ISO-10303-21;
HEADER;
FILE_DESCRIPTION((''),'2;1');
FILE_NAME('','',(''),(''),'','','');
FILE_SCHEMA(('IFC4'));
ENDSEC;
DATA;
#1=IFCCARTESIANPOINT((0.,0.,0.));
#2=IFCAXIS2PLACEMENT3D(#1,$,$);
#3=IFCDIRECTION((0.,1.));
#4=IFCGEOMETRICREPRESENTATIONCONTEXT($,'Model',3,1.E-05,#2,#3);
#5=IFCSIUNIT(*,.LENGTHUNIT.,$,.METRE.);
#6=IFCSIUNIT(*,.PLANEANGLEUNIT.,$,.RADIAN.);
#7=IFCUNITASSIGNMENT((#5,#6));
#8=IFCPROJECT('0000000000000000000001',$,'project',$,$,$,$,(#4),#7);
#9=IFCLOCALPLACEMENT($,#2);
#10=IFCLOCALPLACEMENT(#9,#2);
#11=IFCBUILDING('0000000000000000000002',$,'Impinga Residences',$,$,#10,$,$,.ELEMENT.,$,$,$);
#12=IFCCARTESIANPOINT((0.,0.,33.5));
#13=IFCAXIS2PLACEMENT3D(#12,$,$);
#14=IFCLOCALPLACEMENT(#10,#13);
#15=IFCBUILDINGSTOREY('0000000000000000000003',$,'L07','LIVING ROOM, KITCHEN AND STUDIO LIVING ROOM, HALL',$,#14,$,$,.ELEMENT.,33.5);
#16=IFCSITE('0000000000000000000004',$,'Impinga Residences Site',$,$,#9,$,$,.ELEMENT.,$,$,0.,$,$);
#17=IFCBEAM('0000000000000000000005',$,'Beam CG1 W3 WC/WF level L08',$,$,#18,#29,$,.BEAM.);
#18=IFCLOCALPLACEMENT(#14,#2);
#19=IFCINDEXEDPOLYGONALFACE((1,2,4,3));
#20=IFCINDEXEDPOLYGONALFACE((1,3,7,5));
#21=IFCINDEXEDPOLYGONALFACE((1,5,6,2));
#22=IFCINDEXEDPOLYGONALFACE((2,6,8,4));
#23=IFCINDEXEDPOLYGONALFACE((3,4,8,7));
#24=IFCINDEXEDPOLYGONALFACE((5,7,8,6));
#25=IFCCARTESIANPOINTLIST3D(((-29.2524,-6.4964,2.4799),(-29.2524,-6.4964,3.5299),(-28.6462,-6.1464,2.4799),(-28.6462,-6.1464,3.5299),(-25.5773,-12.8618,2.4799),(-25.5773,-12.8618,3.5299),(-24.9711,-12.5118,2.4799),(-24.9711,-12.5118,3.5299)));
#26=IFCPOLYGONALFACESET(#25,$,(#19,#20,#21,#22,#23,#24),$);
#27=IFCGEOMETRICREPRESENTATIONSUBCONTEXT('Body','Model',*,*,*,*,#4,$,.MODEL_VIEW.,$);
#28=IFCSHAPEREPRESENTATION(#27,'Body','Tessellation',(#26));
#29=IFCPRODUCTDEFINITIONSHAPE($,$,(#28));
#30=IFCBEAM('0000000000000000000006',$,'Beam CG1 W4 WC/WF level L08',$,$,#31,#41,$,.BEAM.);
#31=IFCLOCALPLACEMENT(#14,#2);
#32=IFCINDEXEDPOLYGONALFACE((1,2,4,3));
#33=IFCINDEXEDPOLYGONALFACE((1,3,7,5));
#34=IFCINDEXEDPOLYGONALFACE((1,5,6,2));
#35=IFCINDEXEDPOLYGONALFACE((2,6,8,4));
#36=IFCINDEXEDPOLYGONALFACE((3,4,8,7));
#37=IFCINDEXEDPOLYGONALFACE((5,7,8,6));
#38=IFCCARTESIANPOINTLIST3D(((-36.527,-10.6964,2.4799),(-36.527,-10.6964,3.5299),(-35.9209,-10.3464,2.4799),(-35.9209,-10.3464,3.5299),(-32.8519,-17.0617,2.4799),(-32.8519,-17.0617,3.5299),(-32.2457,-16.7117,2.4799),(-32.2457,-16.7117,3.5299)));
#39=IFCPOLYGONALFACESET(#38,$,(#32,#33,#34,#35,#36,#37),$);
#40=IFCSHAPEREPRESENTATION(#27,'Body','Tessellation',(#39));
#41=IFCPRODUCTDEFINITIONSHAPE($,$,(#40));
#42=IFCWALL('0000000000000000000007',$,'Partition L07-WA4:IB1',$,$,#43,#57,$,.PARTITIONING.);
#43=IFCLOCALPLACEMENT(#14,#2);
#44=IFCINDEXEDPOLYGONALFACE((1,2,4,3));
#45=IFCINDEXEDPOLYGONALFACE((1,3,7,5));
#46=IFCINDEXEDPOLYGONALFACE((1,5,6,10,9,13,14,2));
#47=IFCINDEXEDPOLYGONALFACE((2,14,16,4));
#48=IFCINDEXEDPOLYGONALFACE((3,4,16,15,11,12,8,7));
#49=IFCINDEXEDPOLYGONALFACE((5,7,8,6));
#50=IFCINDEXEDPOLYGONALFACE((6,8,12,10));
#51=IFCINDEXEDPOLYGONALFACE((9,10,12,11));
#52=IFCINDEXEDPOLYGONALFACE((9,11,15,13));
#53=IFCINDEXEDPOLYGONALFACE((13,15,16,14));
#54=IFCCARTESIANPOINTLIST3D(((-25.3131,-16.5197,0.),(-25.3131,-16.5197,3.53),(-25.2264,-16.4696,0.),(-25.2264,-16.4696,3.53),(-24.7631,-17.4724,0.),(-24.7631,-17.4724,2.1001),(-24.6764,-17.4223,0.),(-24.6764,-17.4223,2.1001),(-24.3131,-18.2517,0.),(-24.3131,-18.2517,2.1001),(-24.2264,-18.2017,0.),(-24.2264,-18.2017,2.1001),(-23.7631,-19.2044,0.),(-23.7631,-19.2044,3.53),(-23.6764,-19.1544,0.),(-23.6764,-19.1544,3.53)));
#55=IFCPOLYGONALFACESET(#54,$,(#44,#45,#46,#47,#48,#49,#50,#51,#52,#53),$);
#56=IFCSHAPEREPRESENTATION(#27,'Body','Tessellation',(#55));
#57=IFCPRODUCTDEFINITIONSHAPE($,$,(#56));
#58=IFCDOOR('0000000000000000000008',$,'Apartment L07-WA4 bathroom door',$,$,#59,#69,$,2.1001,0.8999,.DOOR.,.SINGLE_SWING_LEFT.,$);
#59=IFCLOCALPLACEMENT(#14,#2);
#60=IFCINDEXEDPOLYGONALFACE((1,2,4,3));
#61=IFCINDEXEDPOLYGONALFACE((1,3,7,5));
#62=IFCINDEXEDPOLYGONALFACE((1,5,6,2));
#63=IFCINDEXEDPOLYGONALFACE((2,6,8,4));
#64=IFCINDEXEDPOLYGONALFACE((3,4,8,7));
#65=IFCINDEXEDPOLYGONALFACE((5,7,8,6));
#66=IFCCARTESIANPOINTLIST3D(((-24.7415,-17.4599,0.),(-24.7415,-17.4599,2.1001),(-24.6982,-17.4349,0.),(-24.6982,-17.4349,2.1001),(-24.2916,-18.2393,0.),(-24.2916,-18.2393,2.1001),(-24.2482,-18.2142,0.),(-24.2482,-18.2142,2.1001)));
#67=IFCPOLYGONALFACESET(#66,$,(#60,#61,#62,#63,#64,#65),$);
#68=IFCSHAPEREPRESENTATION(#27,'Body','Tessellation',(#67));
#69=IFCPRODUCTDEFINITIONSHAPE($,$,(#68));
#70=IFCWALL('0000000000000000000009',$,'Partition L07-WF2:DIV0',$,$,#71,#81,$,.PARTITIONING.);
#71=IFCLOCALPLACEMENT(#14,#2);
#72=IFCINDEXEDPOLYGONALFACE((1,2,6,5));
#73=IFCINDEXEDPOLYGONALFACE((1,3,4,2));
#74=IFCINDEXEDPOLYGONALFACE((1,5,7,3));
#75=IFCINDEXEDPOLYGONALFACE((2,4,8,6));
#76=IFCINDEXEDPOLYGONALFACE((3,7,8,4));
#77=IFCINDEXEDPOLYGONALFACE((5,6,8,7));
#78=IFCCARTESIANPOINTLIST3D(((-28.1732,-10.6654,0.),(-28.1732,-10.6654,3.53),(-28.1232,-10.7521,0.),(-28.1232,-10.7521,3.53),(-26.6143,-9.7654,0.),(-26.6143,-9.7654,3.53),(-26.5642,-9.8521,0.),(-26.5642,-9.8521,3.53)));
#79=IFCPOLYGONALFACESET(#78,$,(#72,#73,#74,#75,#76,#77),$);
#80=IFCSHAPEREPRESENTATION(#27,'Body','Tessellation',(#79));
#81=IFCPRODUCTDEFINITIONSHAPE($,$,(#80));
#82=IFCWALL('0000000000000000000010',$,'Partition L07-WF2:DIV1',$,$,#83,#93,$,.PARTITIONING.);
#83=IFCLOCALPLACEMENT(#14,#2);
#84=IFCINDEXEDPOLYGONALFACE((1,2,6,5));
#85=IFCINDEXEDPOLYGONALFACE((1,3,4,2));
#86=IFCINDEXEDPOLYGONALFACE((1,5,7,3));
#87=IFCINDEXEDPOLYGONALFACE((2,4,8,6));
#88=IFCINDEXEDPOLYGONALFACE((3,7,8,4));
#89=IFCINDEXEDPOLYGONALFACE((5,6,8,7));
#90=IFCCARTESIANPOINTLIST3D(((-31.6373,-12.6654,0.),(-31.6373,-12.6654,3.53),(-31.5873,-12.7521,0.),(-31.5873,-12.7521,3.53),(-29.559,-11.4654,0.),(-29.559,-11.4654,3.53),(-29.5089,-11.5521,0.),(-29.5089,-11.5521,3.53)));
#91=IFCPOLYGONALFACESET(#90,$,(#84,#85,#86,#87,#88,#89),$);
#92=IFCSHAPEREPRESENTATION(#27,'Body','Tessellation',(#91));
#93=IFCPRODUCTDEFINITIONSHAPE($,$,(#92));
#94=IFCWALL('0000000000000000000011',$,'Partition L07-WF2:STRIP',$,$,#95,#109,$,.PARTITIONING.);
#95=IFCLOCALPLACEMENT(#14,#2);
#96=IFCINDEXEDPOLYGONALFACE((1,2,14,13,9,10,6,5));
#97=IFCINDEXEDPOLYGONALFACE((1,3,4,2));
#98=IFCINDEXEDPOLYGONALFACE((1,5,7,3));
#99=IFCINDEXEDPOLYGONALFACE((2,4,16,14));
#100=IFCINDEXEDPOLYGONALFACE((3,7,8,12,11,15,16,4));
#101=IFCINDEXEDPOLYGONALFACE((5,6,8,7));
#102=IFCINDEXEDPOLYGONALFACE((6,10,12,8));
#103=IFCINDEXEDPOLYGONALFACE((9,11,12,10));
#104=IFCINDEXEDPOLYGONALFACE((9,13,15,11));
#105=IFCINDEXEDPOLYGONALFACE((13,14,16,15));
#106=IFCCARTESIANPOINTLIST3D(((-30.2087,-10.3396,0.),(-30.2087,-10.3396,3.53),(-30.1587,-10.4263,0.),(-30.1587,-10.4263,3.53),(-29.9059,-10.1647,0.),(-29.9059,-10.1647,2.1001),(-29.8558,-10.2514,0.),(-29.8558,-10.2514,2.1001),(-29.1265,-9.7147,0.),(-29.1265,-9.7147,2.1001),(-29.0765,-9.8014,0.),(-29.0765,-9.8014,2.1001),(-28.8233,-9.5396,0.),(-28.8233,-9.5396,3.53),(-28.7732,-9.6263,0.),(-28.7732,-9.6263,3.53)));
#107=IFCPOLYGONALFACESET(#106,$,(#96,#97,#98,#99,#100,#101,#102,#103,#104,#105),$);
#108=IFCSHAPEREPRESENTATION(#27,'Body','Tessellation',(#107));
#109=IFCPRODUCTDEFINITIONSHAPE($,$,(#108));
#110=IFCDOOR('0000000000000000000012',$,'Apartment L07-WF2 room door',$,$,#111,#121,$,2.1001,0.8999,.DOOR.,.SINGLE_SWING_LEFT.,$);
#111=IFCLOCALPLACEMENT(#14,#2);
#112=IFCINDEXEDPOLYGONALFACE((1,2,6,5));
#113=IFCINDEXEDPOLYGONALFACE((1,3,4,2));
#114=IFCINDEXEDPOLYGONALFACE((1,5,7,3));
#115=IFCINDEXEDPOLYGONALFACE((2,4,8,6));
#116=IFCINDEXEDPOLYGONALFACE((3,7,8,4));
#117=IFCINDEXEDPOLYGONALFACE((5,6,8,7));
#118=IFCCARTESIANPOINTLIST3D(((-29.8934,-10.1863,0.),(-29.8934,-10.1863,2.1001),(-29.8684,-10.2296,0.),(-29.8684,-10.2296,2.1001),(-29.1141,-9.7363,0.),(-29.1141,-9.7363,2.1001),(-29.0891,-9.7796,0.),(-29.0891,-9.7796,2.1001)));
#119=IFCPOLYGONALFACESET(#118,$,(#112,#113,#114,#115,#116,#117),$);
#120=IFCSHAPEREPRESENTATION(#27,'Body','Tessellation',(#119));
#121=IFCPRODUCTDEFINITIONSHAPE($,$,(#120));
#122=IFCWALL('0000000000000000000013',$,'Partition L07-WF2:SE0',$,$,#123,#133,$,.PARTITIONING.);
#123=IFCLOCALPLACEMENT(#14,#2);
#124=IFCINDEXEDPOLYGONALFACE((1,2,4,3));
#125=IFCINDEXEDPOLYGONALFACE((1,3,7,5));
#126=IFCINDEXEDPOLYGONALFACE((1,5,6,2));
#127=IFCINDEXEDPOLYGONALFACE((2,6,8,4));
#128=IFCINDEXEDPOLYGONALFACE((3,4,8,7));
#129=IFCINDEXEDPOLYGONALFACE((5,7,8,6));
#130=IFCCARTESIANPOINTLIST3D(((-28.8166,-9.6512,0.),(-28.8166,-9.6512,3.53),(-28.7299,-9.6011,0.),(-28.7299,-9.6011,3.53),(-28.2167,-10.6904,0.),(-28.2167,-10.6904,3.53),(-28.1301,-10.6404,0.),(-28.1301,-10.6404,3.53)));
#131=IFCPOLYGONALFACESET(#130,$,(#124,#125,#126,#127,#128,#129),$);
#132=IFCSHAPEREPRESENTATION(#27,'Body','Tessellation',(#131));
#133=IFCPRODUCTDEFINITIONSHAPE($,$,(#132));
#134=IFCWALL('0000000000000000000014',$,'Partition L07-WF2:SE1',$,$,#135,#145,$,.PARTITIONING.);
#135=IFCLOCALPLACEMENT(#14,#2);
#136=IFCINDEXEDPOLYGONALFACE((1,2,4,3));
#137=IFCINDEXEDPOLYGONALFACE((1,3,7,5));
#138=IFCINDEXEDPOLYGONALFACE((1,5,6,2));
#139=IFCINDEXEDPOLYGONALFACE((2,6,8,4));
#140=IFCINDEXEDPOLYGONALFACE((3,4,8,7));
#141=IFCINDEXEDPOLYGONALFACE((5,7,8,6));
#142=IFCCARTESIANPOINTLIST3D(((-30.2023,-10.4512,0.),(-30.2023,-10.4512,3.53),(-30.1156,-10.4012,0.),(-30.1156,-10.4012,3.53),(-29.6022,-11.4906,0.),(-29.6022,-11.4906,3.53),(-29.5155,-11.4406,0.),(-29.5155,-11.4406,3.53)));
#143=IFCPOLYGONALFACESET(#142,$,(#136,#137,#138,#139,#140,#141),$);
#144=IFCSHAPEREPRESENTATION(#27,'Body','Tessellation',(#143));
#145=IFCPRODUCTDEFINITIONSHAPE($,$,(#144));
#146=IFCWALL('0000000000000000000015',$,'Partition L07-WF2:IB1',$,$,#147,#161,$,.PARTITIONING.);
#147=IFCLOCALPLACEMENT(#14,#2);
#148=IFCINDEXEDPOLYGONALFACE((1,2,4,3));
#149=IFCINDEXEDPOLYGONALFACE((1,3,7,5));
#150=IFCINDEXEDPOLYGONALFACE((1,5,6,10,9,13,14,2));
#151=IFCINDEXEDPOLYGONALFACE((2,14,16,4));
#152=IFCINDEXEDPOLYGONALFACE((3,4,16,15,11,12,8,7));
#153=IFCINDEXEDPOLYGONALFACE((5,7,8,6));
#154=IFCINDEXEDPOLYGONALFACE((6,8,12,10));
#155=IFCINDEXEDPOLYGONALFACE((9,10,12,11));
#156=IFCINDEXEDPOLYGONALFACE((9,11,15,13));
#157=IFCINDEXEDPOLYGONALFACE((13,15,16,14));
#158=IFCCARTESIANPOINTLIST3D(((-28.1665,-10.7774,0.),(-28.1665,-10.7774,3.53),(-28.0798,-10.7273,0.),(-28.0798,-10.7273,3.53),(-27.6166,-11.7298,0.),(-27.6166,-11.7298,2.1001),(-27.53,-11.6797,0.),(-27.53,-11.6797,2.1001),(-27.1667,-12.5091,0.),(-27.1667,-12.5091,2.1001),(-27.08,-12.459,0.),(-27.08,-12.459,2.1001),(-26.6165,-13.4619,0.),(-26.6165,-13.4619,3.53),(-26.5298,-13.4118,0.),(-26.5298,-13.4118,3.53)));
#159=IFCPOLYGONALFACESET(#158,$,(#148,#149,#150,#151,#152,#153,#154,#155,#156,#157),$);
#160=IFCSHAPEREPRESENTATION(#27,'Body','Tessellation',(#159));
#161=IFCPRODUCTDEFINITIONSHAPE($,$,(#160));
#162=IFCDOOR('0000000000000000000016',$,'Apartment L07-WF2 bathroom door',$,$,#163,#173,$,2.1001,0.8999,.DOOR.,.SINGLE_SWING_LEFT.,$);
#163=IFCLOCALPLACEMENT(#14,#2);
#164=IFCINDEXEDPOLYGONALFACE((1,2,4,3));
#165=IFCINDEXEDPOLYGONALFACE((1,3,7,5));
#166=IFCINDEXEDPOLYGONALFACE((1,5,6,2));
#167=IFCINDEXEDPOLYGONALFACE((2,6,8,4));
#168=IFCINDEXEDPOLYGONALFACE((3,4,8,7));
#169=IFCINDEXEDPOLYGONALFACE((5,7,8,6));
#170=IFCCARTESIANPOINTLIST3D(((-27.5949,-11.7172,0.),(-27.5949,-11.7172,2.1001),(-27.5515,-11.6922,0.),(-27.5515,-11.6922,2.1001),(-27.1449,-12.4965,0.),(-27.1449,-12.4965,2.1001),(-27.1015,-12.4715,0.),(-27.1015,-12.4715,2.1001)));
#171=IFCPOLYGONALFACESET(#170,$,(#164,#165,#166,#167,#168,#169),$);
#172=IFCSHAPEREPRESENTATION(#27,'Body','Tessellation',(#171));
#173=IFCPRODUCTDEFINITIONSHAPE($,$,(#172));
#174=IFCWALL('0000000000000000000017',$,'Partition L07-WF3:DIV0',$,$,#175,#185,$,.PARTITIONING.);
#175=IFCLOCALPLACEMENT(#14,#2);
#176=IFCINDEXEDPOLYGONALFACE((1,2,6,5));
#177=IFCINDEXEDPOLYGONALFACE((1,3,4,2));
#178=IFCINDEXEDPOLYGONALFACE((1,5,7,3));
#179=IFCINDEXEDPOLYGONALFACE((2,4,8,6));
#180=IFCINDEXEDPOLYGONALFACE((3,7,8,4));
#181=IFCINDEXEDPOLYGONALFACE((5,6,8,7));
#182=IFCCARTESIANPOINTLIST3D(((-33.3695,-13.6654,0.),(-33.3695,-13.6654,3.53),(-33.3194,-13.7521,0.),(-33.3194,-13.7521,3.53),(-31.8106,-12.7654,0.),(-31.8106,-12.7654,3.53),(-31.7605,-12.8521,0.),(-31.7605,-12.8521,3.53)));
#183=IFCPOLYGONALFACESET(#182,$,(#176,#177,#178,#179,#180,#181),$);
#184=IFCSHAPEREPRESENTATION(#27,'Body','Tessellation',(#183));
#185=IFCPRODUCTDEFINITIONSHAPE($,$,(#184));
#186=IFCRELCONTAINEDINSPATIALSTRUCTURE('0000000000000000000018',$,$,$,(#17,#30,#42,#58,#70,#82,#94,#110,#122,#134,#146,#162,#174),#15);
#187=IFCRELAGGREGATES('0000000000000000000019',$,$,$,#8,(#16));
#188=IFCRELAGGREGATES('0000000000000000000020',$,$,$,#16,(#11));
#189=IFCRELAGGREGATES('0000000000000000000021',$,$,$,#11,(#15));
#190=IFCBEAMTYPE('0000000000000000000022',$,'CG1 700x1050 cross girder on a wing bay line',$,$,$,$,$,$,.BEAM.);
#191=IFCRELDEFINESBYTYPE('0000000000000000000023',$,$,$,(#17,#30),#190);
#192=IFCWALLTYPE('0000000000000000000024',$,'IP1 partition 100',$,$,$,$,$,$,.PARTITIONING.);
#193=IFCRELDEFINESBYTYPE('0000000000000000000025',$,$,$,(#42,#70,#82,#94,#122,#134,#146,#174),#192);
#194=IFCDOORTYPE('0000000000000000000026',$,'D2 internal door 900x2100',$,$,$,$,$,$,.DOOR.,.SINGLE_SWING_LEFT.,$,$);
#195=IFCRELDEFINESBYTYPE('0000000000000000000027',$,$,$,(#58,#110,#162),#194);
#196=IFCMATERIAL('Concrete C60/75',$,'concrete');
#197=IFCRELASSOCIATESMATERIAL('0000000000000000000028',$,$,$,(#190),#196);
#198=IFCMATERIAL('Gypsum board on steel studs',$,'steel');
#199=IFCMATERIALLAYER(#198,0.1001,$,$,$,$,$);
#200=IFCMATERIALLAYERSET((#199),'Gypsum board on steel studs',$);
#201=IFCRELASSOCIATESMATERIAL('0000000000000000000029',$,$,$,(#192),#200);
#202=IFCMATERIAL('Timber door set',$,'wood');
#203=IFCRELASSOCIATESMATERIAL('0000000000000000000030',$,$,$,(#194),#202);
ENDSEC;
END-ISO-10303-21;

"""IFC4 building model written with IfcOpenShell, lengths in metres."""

from ifc_helpers import new_model, si_unit, direction, frame, frame_2d, origin, origin_2d, place, context, subcontext, project, spatial, rectangle, extrude, material, layer, layer_set, material_profile, profile_set, type_object, element, fill, save


model = new_model("IFC4")

# Units and contexts
model_context = context("Model", 3, precision=1e-05, world=origin(), true_north=direction((0.0, 1.0)))
body_context = subcontext(model_context, "Body", "Model", "MODEL_VIEW")
ifc_project = project(units=[si_unit("LENGTHUNIT", "METRE"), si_unit("PLANEANGLEUNIT", "RADIAN")], contexts=[model_context])

# Site, building, storey
site_placement = place(None, origin())
site = spatial("IfcSite", under=ifc_project, at=site_placement, Name="Impinga Residences Site", CompositionType="ELEMENT", RefElevation=0.0)
building_placement = place(site_placement, origin())
building = spatial("IfcBuilding", under=site, at=building_placement, Name="Impinga Residences", CompositionType="ELEMENT")
storey_placement = place(building_placement, frame((0.0, 0.0, 33.5)))
storey = spatial("IfcBuildingStorey", under=building, at=storey_placement, Name="L07", Description="LIVING ROOM, KITCHEN AND STUDIO LIVING ROOM, HALL", CompositionType="ELEMENT", Elevation=33.5)

# Beams
ifc_material_1 = material(Name="Concrete C60/75", Category="concrete")
ifc_material_profile = material_profile(ifc_material_1, rectangle(XDim=0.7, YDim=1.05, at=origin_2d()), Name="RC 700x1050")
ifc_profile_set = profile_set([ifc_material_profile], Name="Concrete C60/75")
beam_type = type_object("IfcBeamType", Name="CG1 700x1050 cross girder on a wing bay line", PredefinedType="BEAM", material=ifc_profile_set)
for number, where, z_axis, x_axis, name in (
    (1, (-25.2742, -12.6868, 3.0049), (-0.500008, 0.866021, 0.0), (-0.866021, -0.500008, 0.0), "Beam CG1 W3 WC/WF level L08"),
    (2, (-32.5488, -16.8867, 3.0049), (-0.500008, 0.866021, 0.0), (-0.866021, -0.500008, 0.0), "Beam CG1 W4 WC/WF level L08"),
):
    element("IfcBeam", number, at=place(storey_placement, frame(where, z_axis=z_axis, x_axis=x_axis)), inside=storey, type_object=beam_type, Name=name, PredefinedType="BEAM", context=body_context, shape_type="SweptSolid", body=[
        extrude(rectangle(XDim=0.7, YDim=1.05, at=origin_2d()), origin(), (0.0, 0.0, 1.0), 7.3501),
    ])

# Wall, opening, door
ifc_material_2 = material(Name="Gypsum board on steel studs", Category="steel")
ifc_layer_1 = layer(ifc_material_2, 0.1001)
ifc_layer_set_1 = layer_set([ifc_layer_1], Name="Gypsum board on steel studs")
wall_type_1 = type_object("IfcWallType", Name="IP1 partition 100", PredefinedType="PARTITIONING", material=ifc_layer_set_1)
wall_1_placement = place(storey_placement, frame((-25.2698, -16.4946, 0.0), z_axis=(0.0, 0.0, 1.0), x_axis=(0.499993, -0.86603, 0.0)))
wall_1 = element("IfcWall", 3, at=wall_1_placement, inside=storey, type_object=wall_type_1, Name="Partition L07-WA4:IB1", PredefinedType="PARTITIONING", context=body_context, shape_type="SweptSolid", body=[
    extrude(rectangle(XDim=3.1001, YDim=0.1001, at=frame_2d((1.55, 0.0))), origin(), (0.0, 0.0, 1.0), 3.53),
])
opening_1_placement = place(wall_1_placement, frame((1.1001, 0.0, 0.0)))
opening_1 = element("IfcOpeningElement", 4, at=opening_1_placement, cuts=wall_1, PredefinedType="OPENING", context=body_context, shape_type="SweptSolid", body=[
    extrude(rectangle(XDim=0.8999, YDim=2.1001, at=frame_2d((0.45, 1.05))), frame((0.0, 0.0601, 0.0), z_axis=(0.0, -1.0, 0.0), x_axis=(1.0, 0.0, 0.0)), (0.0, 0.0, 1.0), 0.1201),
])
ifc_material_3 = material(Name="Timber door set", Category="wood")
door_type = type_object("IfcDoorType", Name="D2 internal door 900x2100", OperationType="SINGLE_SWING_LEFT", PredefinedType="DOOR", material=ifc_material_3)
door_1_placement = place(opening_1_placement, origin())
door_1 = element("IfcDoor", 5, at=door_1_placement, inside=storey, type_object=door_type, Name="Apartment L07-WA4 bathroom door", OperationType="SINGLE_SWING_LEFT", OverallHeight=2.1001, OverallWidth=0.8999, PredefinedType="DOOR", context=body_context, shape_type="SweptSolid", body=[
    extrude(rectangle(XDim=0.8999, YDim=2.1001, at=frame_2d((0.45, 1.05))), frame((0.0, 0.0249, 0.0), z_axis=(0.0, -1.0, 0.0), x_axis=(1.0, 0.0, 0.0)), (0.0, 0.0, 1.0), 0.05),
])
fill(opening_1, door_1)

# Walls
wall_2_placement = place(storey_placement, frame((-26.5894, -9.8088, 0.0), z_axis=(0.0, 0.0, 1.0), x_axis=(-0.866048, -0.499961, 0.0)))
element("IfcWall", 6, at=wall_2_placement, inside=storey, type_object=wall_type_1, Name="Partition L07-WF2:DIV0", PredefinedType="PARTITIONING", context=body_context, shape_type="SweptSolid", body=[
    extrude(rectangle(XDim=1.8, YDim=0.1001, at=frame_2d((0.8999, 0.0))), origin(), (0.0, 0.0, 1.0), 3.53),
])
wall_3_placement = place(storey_placement, frame((-29.5339, -11.5088, 0.0), z_axis=(0.0, 0.0, 1.0), x_axis=(-0.866025, -0.500001, 0.0)))
element("IfcWall", 7, at=wall_3_placement, inside=storey, type_object=wall_type_1, Name="Partition L07-WF2:DIV1", PredefinedType="PARTITIONING", context=body_context, shape_type="SweptSolid", body=[
    extrude(rectangle(XDim=2.3999, YDim=0.1001, at=frame_2d((1.2, 0.0))), origin(), (0.0, 0.0, 1.0), 3.53),
])

# Wall, opening, door
wall_4_placement = place(storey_placement, frame((-28.7983, -9.583, 0.0), z_axis=(0.0, 0.0, 1.0), x_axis=(-0.86599, -0.500061, 0.0)))
wall_4 = element("IfcWall", 8, at=wall_4_placement, inside=storey, type_object=wall_type_1, Name="Partition L07-WF2:STRIP", PredefinedType="PARTITIONING", context=body_context, shape_type="SweptSolid", body=[
    extrude(rectangle(XDim=1.5999, YDim=0.1001, at=frame_2d((0.7998, 0.0))), origin(), (0.0, 0.0, 1.0), 3.53),
])
opening_2_placement = place(wall_4_placement, frame((0.3501, 0.0, 0.0)))
opening_2 = element("IfcOpeningElement", 9, at=opening_2_placement, cuts=wall_4, PredefinedType="OPENING", context=body_context, shape_type="SweptSolid", body=[
    extrude(rectangle(XDim=0.8999, YDim=2.1001, at=frame_2d((0.45, 1.05))), frame((0.0, 0.0601, 0.0), z_axis=(0.0, -1.0, 0.0), x_axis=(1.0, 0.0, 0.0)), (0.0, 0.0, 1.0), 0.1201),
])
door_2_placement = place(opening_2_placement, origin())
door_2 = element("IfcDoor", 10, at=door_2_placement, inside=storey, type_object=door_type, Name="Apartment L07-WF2 room door", OperationType="SINGLE_SWING_LEFT", OverallHeight=2.1001, OverallWidth=0.8999, PredefinedType="DOOR", context=body_context, shape_type="SweptSolid", body=[
    extrude(rectangle(XDim=0.8999, YDim=2.1001, at=frame_2d((0.45, 1.05))), frame((0.0, 0.0249, 0.0), z_axis=(0.0, -1.0, 0.0), x_axis=(1.0, 0.0, 0.0)), (0.0, 0.0, 1.0), 0.05),
])
fill(opening_2, door_2)

# Walls
wall_5_placement = place(storey_placement, frame((-28.1733, -10.6655, 0.0), z_axis=(0.0, 0.0, 1.0), x_axis=(-0.499881, 0.866094, 0.0)))
element("IfcWall", 11, at=wall_5_placement, inside=storey, type_object=wall_type_1, Name="Partition L07-WF2:SE0", PredefinedType="PARTITIONING", context=body_context, shape_type="SweptSolid", body=[
    extrude(rectangle(XDim=1.2, YDim=0.1001, at=frame_2d((0.6001, 0.0))), origin(), (0.0, 0.0, 1.0), 3.53),
])
wall_6_placement = place(storey_placement, frame((-29.5588, -11.4656, 0.0), z_axis=(0.0, 0.0, 1.0), x_axis=(-0.500034, 0.866006, 0.0)))
element("IfcWall", 12, at=wall_6_placement, inside=storey, type_object=wall_type_1, Name="Partition L07-WF2:SE1", PredefinedType="PARTITIONING", context=body_context, shape_type="SweptSolid", body=[
    extrude(rectangle(XDim=1.2002, YDim=0.1001, at=frame_2d((0.6001, 0.0))), origin(), (0.0, 0.0, 1.0), 3.53),
])

# Wall, opening, door
wall_7_placement = place(storey_placement, frame((-26.5732, -13.4368, 0.0), z_axis=(0.0, 0.0, 1.0), x_axis=(-0.500027, 0.86601, 0.0)))
wall_7 = element("IfcWall", 13, at=wall_7_placement, inside=storey, type_object=wall_type_1, Name="Partition L07-WF2:IB1", PredefinedType="PARTITIONING", context=body_context, shape_type="SweptSolid", body=[
    extrude(rectangle(XDim=3.0999, YDim=0.1001, at=frame_2d((1.5498, 0.0))), origin(), (0.0, 0.0, 1.0), 3.53),
])
opening_3_placement = place(wall_7_placement, frame((1.1001, 0.0, 0.0)))
opening_3 = element("IfcOpeningElement", 14, at=opening_3_placement, cuts=wall_7, PredefinedType="OPENING", context=body_context, shape_type="SweptSolid", body=[
    extrude(rectangle(XDim=0.8999, YDim=2.1001, at=frame_2d((0.45, 1.05))), frame((0.0, 0.0601, 0.0), z_axis=(0.0, -1.0, 0.0), x_axis=(1.0, 0.0, 0.0)), (0.0, 0.0, 1.0), 0.1201),
])
door_3_placement = place(opening_3_placement, origin())
door_3 = element("IfcDoor", 15, at=door_3_placement, inside=storey, type_object=door_type, Name="Apartment L07-WF2 bathroom door", OperationType="SINGLE_SWING_LEFT", OverallHeight=2.1001, OverallWidth=0.8999, PredefinedType="DOOR", context=body_context, shape_type="SweptSolid", body=[
    extrude(rectangle(XDim=0.8999, YDim=2.1001, at=frame_2d((0.45, 1.05))), frame((0.0, 0.0249, 0.0), z_axis=(0.0, -1.0, 0.0), x_axis=(1.0, 0.0, 0.0)), (0.0, 0.0, 1.0), 0.05),
])
fill(opening_3, door_3)

# Wall
wall_8_placement = place(storey_placement, frame((-31.7856, -12.8088, 0.0), z_axis=(0.0, 0.0, 1.0), x_axis=(-0.866048, -0.499961, 0.0)))
element("IfcWall", 16, at=wall_8_placement, inside=storey, type_object=wall_type_1, Name="Partition L07-WF3:DIV0", PredefinedType="PARTITIONING", context=body_context, shape_type="SweptSolid", body=[
    extrude(rectangle(XDim=1.8, YDim=0.1001, at=frame_2d((0.8999, 0.0))), origin(), (0.0, 0.0, 1.0), 3.53),
])

save(model, "model.ifc")
